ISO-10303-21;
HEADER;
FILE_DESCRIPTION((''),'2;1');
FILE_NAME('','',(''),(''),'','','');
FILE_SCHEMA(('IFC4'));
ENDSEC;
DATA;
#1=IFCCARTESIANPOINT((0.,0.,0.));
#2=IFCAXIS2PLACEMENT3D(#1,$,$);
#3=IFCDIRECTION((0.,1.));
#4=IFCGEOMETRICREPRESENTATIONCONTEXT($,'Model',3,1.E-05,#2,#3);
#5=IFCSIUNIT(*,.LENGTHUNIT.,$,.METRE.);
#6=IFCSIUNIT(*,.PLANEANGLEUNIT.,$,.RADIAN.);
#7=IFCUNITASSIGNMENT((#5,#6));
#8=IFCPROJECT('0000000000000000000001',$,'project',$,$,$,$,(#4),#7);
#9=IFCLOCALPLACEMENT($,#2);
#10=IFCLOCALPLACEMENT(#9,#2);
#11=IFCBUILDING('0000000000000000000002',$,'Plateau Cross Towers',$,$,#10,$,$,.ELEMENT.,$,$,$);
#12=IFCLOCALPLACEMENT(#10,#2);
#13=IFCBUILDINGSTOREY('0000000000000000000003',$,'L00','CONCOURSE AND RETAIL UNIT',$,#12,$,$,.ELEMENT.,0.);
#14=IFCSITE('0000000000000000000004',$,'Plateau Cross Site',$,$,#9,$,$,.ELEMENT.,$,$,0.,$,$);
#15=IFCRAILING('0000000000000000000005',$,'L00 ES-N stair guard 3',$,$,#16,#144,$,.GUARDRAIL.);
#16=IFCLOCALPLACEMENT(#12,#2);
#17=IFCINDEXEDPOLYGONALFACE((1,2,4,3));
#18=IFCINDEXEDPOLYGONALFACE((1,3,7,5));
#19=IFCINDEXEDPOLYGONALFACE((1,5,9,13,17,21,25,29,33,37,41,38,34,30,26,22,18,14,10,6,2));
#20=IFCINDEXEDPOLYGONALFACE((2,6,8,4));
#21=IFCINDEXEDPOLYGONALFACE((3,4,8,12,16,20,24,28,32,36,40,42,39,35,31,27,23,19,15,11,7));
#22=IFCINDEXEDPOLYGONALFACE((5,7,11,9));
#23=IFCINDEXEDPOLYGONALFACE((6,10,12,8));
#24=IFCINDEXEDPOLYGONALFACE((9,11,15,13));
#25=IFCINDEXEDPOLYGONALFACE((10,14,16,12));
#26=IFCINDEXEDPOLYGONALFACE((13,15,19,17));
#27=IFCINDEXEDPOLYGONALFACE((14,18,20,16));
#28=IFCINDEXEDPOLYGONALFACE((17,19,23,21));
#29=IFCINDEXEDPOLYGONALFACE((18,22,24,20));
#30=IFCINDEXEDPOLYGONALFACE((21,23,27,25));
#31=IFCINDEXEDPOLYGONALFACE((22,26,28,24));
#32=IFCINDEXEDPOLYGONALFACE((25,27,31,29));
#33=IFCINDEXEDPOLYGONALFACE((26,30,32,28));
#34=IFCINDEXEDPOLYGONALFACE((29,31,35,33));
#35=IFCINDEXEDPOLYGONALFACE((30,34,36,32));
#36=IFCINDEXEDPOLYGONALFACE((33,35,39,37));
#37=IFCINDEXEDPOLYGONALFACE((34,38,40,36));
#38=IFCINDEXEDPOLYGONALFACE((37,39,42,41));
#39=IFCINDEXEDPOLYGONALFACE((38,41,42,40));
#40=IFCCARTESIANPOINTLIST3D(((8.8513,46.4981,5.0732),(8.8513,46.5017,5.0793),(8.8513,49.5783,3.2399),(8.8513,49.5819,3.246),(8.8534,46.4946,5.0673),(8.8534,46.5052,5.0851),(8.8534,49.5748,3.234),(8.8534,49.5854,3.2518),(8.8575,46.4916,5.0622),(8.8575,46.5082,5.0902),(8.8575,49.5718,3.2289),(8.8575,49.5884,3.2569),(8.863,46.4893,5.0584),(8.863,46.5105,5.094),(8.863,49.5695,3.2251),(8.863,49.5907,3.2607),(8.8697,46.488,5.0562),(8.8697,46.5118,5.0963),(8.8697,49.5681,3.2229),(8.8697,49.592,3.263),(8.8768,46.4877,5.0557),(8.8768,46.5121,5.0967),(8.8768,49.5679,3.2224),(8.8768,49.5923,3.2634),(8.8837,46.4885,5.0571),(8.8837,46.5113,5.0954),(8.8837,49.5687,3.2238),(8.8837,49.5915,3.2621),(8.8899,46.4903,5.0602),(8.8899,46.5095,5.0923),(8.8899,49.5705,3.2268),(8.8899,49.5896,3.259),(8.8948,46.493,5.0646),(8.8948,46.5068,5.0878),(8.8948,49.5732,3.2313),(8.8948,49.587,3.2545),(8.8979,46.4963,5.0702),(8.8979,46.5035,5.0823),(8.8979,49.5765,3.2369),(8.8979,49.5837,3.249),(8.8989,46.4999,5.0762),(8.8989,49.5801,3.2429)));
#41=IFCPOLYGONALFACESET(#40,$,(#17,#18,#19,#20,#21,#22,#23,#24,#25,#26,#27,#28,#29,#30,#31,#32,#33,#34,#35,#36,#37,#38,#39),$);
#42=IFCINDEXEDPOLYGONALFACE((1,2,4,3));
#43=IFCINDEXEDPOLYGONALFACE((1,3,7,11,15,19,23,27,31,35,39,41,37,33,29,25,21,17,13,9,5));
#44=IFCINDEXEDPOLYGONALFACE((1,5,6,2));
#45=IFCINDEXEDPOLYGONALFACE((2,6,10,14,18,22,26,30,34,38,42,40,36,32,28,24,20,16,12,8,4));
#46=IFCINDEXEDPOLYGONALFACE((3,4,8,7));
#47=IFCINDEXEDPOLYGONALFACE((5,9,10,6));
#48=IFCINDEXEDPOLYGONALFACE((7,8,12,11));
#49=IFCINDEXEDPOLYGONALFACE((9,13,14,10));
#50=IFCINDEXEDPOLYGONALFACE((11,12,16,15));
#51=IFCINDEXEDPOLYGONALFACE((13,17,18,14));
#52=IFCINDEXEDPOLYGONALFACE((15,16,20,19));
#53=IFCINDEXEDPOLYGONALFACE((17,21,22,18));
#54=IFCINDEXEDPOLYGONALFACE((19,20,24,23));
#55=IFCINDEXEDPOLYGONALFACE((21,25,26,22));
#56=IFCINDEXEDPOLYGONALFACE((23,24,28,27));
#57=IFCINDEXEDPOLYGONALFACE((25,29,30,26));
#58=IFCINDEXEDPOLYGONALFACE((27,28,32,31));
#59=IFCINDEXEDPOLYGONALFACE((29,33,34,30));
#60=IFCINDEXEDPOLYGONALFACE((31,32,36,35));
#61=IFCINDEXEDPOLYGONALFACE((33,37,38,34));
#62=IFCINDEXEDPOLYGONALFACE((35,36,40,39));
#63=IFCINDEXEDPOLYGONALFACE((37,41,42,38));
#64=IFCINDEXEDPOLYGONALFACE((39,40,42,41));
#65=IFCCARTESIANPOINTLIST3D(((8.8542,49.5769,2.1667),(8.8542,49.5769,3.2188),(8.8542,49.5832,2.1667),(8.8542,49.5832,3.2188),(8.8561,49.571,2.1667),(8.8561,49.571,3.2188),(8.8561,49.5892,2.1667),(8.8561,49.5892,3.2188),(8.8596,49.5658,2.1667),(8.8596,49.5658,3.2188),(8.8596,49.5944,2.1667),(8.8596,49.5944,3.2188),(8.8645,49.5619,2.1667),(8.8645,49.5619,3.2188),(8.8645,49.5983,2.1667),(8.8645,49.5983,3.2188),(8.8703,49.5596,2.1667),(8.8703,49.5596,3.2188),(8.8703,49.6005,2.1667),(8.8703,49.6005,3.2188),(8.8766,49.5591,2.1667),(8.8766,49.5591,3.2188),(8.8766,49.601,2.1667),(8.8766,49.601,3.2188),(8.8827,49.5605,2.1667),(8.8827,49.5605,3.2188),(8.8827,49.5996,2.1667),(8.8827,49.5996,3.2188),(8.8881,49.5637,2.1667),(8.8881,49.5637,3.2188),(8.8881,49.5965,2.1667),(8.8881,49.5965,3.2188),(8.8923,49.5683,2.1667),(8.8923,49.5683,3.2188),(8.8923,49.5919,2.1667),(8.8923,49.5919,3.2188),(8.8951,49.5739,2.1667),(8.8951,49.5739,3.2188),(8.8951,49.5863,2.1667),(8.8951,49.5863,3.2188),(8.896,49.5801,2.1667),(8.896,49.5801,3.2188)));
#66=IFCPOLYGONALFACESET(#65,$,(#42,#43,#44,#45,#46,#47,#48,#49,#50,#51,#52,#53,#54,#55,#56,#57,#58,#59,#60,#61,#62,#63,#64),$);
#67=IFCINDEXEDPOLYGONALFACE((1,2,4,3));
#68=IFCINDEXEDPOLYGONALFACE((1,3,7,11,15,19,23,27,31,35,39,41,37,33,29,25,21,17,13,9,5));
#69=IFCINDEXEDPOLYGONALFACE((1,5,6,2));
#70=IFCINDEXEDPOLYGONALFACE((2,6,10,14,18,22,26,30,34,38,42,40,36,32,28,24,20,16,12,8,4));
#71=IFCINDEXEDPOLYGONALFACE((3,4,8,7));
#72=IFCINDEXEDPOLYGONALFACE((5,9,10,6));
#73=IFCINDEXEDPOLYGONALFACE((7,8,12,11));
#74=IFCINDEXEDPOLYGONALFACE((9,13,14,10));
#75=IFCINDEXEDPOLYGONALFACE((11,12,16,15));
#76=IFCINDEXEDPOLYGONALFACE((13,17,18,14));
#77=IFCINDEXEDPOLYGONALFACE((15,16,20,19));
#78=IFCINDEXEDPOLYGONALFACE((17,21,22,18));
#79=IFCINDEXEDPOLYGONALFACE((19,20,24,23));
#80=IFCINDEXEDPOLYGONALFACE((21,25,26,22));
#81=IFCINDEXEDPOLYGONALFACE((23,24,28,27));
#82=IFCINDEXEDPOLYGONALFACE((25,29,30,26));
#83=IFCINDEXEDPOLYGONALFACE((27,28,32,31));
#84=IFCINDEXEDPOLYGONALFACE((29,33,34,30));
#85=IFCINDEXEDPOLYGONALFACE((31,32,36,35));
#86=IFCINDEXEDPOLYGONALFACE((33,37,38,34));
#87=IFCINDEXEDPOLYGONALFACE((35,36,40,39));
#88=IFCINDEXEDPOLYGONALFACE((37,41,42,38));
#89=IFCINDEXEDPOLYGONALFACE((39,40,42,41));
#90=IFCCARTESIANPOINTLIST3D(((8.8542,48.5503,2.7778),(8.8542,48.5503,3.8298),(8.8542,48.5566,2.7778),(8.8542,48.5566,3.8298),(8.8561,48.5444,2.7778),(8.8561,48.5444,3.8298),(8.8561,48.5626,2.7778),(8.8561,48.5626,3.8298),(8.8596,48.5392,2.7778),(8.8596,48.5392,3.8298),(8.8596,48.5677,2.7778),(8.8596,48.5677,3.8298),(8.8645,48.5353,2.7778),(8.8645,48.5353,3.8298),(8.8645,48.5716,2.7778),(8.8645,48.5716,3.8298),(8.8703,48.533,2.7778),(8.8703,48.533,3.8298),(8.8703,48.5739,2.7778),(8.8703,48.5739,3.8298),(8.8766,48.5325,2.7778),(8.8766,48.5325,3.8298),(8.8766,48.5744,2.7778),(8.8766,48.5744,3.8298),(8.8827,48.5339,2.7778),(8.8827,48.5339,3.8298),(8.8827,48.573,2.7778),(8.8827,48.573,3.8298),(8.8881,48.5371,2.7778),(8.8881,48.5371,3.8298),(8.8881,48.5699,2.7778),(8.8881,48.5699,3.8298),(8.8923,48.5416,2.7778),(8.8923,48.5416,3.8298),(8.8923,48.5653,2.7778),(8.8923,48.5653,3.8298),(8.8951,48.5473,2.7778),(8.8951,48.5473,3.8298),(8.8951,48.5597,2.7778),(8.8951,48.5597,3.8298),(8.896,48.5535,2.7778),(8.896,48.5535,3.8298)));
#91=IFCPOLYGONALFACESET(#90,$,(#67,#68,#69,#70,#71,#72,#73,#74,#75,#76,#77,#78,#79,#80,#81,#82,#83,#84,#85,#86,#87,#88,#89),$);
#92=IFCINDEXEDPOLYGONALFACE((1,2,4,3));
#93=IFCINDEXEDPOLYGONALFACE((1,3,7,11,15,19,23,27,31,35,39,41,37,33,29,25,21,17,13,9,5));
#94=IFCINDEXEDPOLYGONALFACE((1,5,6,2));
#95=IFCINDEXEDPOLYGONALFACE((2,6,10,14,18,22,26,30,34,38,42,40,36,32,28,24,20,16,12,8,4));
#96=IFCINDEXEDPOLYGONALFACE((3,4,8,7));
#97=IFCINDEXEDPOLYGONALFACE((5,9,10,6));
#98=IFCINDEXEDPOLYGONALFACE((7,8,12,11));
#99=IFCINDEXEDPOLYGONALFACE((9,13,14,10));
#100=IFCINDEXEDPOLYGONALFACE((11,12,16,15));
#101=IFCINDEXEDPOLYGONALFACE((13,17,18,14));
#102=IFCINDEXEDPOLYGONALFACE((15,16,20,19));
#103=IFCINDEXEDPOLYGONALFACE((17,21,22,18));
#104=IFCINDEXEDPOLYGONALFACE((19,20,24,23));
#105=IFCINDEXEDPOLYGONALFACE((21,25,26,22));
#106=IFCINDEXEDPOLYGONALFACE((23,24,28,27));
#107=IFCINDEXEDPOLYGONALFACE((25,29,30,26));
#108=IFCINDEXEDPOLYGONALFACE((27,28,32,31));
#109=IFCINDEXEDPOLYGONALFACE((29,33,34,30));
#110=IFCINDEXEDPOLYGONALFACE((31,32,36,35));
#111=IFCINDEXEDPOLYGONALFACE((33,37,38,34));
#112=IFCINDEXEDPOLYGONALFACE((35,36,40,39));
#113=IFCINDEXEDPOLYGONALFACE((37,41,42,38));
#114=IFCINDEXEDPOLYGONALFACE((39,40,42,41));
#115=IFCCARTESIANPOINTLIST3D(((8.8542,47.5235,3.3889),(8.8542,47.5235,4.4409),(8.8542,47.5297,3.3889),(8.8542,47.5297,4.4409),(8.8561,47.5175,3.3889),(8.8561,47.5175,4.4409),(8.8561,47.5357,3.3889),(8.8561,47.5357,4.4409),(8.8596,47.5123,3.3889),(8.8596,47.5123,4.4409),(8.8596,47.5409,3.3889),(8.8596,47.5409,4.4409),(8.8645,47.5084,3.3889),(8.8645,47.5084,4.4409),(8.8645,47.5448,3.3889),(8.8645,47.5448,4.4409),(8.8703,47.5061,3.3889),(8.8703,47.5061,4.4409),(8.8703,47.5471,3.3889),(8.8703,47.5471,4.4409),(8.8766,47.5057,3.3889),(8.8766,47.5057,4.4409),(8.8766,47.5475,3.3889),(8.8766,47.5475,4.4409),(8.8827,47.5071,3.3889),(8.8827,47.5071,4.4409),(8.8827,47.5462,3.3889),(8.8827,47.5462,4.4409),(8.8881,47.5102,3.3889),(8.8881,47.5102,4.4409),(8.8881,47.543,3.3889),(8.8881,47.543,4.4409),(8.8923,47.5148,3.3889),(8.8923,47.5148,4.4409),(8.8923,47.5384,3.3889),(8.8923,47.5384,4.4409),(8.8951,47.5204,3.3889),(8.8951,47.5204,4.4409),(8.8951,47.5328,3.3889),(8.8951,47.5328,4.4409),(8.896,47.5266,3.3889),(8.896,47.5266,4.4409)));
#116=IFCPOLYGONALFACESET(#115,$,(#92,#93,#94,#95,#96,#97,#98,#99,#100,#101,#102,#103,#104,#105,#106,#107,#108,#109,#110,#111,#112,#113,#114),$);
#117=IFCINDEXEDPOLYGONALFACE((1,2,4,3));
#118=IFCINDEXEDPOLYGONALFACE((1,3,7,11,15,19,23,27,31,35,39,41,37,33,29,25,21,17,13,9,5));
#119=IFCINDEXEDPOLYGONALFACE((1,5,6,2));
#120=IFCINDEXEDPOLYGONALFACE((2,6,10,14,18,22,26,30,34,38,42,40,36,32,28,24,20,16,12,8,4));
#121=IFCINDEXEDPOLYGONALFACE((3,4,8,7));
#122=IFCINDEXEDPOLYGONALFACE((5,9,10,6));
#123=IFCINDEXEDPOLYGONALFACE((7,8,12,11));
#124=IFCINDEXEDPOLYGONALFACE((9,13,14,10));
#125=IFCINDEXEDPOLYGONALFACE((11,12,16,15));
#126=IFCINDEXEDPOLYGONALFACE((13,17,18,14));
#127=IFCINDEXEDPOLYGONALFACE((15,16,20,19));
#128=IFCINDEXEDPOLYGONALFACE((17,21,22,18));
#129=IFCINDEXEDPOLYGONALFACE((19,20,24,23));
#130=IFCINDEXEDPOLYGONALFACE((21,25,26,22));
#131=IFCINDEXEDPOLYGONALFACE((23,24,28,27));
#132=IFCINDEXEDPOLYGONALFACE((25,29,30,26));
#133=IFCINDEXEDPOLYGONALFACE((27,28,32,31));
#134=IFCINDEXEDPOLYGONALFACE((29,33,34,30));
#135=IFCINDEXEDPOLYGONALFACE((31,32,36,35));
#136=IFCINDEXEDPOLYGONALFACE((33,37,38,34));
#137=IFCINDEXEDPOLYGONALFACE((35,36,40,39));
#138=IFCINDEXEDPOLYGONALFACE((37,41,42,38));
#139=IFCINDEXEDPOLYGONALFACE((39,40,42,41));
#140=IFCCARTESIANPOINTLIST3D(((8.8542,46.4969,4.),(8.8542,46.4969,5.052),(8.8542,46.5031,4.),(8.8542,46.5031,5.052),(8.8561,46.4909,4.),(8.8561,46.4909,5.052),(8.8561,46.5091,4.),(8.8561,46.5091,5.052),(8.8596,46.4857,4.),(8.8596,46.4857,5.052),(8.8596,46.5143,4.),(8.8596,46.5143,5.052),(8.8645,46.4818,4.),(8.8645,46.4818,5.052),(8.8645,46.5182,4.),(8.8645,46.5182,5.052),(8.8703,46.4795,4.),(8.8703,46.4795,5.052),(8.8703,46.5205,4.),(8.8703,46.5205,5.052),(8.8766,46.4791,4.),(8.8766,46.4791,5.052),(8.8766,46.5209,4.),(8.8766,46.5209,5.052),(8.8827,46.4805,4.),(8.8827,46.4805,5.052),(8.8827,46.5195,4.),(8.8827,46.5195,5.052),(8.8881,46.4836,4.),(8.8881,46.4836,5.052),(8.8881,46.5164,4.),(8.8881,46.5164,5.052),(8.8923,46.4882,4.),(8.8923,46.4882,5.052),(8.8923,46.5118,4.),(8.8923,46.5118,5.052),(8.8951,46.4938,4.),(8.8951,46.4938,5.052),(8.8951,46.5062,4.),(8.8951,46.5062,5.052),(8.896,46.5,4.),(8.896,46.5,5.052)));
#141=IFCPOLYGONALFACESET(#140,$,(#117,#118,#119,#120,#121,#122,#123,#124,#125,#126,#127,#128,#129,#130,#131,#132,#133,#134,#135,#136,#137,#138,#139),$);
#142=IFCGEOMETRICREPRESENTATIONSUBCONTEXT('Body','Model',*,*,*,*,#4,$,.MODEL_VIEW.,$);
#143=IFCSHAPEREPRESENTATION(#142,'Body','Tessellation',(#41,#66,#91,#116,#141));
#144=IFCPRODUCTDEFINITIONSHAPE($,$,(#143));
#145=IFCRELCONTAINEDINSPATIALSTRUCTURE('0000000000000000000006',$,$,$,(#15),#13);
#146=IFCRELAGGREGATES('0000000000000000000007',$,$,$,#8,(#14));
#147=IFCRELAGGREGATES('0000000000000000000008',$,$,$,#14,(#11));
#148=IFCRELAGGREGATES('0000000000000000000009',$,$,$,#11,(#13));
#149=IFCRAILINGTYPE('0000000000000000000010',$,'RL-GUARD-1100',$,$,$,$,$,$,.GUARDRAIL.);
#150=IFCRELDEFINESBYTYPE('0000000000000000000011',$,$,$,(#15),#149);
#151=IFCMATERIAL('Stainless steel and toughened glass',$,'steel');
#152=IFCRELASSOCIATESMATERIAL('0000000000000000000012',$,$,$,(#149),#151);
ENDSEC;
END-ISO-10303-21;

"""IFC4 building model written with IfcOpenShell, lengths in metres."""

from ifc_helpers import new_model, si_unit, direction, frame, origin, origin_2d, place, context, subcontext, project, spatial, circle, extrude, material, type_object, element, save


model = new_model("IFC4")

# Units and contexts
model_context = context("Model", 3, precision=1e-05, world=origin(), true_north=direction((0.0, 1.0)))
body_context = subcontext(model_context, "Body", "Model", "MODEL_VIEW")
ifc_project = project(units=[si_unit("LENGTHUNIT", "METRE"), si_unit("PLANEANGLEUNIT", "RADIAN")], contexts=[model_context])

# Site, building, storey
site_placement = place(None, origin())
site = spatial("IfcSite", under=ifc_project, at=site_placement, Name="Plateau Cross Site", CompositionType="ELEMENT", RefElevation=0.0)
building_placement = place(site_placement, origin())
building = spatial("IfcBuilding", under=site, at=building_placement, Name="Plateau Cross Towers", CompositionType="ELEMENT")
storey_placement = place(building_placement, origin())
storey = spatial("IfcBuildingStorey", under=building, at=storey_placement, Name="L00", Description="CONCOURSE AND RETAIL UNIT", CompositionType="ELEMENT", Elevation=0.0)

# Railing
ifc_material_1 = material(Name="Stainless steel and toughened glass", Category="steel")
railing_type_1 = type_object("IfcRailingType", Name="RL-GUARD-1100", PredefinedType="GUARDRAIL", material=ifc_material_1)
railing_1_placement = place(storey_placement, frame((8.875, 49.5801, 2.1667)))
element("IfcRailing", 1, at=railing_1_placement, inside=storey, type_object=railing_type_1, Name="L00 ES-N stair guard 3", PredefinedType="GUARDRAIL", context=body_context, shape_type="SweptSolid", body=[
    extrude(circle(Radius=0.0239, at=origin_2d()), frame((0.0, 0.0, 1.0762), z_axis=(0.0, -0.859309, 0.511458), x_axis=(1.0, 0.0, 0.0)), (0.0, 0.0, 1.0), 3.5845),
    extrude(circle(Radius=0.021, at=origin_2d()), origin(), (0.0, 0.0, 1.0), 1.052),
    extrude(circle(Radius=0.021, at=origin_2d()), frame((0.0, -1.0266, 0.6111)), (0.0, 0.0, 1.0), 1.052),
    extrude(circle(Radius=0.021, at=origin_2d()), frame((0.0, -2.0535, 1.2222)), (0.0, 0.0, 1.0), 1.052),
    extrude(circle(Radius=0.021, at=origin_2d()), frame((0.0, -3.0801, 1.8333)), (0.0, 0.0, 1.0), 1.052),
])

save(model, "model.ifc")
